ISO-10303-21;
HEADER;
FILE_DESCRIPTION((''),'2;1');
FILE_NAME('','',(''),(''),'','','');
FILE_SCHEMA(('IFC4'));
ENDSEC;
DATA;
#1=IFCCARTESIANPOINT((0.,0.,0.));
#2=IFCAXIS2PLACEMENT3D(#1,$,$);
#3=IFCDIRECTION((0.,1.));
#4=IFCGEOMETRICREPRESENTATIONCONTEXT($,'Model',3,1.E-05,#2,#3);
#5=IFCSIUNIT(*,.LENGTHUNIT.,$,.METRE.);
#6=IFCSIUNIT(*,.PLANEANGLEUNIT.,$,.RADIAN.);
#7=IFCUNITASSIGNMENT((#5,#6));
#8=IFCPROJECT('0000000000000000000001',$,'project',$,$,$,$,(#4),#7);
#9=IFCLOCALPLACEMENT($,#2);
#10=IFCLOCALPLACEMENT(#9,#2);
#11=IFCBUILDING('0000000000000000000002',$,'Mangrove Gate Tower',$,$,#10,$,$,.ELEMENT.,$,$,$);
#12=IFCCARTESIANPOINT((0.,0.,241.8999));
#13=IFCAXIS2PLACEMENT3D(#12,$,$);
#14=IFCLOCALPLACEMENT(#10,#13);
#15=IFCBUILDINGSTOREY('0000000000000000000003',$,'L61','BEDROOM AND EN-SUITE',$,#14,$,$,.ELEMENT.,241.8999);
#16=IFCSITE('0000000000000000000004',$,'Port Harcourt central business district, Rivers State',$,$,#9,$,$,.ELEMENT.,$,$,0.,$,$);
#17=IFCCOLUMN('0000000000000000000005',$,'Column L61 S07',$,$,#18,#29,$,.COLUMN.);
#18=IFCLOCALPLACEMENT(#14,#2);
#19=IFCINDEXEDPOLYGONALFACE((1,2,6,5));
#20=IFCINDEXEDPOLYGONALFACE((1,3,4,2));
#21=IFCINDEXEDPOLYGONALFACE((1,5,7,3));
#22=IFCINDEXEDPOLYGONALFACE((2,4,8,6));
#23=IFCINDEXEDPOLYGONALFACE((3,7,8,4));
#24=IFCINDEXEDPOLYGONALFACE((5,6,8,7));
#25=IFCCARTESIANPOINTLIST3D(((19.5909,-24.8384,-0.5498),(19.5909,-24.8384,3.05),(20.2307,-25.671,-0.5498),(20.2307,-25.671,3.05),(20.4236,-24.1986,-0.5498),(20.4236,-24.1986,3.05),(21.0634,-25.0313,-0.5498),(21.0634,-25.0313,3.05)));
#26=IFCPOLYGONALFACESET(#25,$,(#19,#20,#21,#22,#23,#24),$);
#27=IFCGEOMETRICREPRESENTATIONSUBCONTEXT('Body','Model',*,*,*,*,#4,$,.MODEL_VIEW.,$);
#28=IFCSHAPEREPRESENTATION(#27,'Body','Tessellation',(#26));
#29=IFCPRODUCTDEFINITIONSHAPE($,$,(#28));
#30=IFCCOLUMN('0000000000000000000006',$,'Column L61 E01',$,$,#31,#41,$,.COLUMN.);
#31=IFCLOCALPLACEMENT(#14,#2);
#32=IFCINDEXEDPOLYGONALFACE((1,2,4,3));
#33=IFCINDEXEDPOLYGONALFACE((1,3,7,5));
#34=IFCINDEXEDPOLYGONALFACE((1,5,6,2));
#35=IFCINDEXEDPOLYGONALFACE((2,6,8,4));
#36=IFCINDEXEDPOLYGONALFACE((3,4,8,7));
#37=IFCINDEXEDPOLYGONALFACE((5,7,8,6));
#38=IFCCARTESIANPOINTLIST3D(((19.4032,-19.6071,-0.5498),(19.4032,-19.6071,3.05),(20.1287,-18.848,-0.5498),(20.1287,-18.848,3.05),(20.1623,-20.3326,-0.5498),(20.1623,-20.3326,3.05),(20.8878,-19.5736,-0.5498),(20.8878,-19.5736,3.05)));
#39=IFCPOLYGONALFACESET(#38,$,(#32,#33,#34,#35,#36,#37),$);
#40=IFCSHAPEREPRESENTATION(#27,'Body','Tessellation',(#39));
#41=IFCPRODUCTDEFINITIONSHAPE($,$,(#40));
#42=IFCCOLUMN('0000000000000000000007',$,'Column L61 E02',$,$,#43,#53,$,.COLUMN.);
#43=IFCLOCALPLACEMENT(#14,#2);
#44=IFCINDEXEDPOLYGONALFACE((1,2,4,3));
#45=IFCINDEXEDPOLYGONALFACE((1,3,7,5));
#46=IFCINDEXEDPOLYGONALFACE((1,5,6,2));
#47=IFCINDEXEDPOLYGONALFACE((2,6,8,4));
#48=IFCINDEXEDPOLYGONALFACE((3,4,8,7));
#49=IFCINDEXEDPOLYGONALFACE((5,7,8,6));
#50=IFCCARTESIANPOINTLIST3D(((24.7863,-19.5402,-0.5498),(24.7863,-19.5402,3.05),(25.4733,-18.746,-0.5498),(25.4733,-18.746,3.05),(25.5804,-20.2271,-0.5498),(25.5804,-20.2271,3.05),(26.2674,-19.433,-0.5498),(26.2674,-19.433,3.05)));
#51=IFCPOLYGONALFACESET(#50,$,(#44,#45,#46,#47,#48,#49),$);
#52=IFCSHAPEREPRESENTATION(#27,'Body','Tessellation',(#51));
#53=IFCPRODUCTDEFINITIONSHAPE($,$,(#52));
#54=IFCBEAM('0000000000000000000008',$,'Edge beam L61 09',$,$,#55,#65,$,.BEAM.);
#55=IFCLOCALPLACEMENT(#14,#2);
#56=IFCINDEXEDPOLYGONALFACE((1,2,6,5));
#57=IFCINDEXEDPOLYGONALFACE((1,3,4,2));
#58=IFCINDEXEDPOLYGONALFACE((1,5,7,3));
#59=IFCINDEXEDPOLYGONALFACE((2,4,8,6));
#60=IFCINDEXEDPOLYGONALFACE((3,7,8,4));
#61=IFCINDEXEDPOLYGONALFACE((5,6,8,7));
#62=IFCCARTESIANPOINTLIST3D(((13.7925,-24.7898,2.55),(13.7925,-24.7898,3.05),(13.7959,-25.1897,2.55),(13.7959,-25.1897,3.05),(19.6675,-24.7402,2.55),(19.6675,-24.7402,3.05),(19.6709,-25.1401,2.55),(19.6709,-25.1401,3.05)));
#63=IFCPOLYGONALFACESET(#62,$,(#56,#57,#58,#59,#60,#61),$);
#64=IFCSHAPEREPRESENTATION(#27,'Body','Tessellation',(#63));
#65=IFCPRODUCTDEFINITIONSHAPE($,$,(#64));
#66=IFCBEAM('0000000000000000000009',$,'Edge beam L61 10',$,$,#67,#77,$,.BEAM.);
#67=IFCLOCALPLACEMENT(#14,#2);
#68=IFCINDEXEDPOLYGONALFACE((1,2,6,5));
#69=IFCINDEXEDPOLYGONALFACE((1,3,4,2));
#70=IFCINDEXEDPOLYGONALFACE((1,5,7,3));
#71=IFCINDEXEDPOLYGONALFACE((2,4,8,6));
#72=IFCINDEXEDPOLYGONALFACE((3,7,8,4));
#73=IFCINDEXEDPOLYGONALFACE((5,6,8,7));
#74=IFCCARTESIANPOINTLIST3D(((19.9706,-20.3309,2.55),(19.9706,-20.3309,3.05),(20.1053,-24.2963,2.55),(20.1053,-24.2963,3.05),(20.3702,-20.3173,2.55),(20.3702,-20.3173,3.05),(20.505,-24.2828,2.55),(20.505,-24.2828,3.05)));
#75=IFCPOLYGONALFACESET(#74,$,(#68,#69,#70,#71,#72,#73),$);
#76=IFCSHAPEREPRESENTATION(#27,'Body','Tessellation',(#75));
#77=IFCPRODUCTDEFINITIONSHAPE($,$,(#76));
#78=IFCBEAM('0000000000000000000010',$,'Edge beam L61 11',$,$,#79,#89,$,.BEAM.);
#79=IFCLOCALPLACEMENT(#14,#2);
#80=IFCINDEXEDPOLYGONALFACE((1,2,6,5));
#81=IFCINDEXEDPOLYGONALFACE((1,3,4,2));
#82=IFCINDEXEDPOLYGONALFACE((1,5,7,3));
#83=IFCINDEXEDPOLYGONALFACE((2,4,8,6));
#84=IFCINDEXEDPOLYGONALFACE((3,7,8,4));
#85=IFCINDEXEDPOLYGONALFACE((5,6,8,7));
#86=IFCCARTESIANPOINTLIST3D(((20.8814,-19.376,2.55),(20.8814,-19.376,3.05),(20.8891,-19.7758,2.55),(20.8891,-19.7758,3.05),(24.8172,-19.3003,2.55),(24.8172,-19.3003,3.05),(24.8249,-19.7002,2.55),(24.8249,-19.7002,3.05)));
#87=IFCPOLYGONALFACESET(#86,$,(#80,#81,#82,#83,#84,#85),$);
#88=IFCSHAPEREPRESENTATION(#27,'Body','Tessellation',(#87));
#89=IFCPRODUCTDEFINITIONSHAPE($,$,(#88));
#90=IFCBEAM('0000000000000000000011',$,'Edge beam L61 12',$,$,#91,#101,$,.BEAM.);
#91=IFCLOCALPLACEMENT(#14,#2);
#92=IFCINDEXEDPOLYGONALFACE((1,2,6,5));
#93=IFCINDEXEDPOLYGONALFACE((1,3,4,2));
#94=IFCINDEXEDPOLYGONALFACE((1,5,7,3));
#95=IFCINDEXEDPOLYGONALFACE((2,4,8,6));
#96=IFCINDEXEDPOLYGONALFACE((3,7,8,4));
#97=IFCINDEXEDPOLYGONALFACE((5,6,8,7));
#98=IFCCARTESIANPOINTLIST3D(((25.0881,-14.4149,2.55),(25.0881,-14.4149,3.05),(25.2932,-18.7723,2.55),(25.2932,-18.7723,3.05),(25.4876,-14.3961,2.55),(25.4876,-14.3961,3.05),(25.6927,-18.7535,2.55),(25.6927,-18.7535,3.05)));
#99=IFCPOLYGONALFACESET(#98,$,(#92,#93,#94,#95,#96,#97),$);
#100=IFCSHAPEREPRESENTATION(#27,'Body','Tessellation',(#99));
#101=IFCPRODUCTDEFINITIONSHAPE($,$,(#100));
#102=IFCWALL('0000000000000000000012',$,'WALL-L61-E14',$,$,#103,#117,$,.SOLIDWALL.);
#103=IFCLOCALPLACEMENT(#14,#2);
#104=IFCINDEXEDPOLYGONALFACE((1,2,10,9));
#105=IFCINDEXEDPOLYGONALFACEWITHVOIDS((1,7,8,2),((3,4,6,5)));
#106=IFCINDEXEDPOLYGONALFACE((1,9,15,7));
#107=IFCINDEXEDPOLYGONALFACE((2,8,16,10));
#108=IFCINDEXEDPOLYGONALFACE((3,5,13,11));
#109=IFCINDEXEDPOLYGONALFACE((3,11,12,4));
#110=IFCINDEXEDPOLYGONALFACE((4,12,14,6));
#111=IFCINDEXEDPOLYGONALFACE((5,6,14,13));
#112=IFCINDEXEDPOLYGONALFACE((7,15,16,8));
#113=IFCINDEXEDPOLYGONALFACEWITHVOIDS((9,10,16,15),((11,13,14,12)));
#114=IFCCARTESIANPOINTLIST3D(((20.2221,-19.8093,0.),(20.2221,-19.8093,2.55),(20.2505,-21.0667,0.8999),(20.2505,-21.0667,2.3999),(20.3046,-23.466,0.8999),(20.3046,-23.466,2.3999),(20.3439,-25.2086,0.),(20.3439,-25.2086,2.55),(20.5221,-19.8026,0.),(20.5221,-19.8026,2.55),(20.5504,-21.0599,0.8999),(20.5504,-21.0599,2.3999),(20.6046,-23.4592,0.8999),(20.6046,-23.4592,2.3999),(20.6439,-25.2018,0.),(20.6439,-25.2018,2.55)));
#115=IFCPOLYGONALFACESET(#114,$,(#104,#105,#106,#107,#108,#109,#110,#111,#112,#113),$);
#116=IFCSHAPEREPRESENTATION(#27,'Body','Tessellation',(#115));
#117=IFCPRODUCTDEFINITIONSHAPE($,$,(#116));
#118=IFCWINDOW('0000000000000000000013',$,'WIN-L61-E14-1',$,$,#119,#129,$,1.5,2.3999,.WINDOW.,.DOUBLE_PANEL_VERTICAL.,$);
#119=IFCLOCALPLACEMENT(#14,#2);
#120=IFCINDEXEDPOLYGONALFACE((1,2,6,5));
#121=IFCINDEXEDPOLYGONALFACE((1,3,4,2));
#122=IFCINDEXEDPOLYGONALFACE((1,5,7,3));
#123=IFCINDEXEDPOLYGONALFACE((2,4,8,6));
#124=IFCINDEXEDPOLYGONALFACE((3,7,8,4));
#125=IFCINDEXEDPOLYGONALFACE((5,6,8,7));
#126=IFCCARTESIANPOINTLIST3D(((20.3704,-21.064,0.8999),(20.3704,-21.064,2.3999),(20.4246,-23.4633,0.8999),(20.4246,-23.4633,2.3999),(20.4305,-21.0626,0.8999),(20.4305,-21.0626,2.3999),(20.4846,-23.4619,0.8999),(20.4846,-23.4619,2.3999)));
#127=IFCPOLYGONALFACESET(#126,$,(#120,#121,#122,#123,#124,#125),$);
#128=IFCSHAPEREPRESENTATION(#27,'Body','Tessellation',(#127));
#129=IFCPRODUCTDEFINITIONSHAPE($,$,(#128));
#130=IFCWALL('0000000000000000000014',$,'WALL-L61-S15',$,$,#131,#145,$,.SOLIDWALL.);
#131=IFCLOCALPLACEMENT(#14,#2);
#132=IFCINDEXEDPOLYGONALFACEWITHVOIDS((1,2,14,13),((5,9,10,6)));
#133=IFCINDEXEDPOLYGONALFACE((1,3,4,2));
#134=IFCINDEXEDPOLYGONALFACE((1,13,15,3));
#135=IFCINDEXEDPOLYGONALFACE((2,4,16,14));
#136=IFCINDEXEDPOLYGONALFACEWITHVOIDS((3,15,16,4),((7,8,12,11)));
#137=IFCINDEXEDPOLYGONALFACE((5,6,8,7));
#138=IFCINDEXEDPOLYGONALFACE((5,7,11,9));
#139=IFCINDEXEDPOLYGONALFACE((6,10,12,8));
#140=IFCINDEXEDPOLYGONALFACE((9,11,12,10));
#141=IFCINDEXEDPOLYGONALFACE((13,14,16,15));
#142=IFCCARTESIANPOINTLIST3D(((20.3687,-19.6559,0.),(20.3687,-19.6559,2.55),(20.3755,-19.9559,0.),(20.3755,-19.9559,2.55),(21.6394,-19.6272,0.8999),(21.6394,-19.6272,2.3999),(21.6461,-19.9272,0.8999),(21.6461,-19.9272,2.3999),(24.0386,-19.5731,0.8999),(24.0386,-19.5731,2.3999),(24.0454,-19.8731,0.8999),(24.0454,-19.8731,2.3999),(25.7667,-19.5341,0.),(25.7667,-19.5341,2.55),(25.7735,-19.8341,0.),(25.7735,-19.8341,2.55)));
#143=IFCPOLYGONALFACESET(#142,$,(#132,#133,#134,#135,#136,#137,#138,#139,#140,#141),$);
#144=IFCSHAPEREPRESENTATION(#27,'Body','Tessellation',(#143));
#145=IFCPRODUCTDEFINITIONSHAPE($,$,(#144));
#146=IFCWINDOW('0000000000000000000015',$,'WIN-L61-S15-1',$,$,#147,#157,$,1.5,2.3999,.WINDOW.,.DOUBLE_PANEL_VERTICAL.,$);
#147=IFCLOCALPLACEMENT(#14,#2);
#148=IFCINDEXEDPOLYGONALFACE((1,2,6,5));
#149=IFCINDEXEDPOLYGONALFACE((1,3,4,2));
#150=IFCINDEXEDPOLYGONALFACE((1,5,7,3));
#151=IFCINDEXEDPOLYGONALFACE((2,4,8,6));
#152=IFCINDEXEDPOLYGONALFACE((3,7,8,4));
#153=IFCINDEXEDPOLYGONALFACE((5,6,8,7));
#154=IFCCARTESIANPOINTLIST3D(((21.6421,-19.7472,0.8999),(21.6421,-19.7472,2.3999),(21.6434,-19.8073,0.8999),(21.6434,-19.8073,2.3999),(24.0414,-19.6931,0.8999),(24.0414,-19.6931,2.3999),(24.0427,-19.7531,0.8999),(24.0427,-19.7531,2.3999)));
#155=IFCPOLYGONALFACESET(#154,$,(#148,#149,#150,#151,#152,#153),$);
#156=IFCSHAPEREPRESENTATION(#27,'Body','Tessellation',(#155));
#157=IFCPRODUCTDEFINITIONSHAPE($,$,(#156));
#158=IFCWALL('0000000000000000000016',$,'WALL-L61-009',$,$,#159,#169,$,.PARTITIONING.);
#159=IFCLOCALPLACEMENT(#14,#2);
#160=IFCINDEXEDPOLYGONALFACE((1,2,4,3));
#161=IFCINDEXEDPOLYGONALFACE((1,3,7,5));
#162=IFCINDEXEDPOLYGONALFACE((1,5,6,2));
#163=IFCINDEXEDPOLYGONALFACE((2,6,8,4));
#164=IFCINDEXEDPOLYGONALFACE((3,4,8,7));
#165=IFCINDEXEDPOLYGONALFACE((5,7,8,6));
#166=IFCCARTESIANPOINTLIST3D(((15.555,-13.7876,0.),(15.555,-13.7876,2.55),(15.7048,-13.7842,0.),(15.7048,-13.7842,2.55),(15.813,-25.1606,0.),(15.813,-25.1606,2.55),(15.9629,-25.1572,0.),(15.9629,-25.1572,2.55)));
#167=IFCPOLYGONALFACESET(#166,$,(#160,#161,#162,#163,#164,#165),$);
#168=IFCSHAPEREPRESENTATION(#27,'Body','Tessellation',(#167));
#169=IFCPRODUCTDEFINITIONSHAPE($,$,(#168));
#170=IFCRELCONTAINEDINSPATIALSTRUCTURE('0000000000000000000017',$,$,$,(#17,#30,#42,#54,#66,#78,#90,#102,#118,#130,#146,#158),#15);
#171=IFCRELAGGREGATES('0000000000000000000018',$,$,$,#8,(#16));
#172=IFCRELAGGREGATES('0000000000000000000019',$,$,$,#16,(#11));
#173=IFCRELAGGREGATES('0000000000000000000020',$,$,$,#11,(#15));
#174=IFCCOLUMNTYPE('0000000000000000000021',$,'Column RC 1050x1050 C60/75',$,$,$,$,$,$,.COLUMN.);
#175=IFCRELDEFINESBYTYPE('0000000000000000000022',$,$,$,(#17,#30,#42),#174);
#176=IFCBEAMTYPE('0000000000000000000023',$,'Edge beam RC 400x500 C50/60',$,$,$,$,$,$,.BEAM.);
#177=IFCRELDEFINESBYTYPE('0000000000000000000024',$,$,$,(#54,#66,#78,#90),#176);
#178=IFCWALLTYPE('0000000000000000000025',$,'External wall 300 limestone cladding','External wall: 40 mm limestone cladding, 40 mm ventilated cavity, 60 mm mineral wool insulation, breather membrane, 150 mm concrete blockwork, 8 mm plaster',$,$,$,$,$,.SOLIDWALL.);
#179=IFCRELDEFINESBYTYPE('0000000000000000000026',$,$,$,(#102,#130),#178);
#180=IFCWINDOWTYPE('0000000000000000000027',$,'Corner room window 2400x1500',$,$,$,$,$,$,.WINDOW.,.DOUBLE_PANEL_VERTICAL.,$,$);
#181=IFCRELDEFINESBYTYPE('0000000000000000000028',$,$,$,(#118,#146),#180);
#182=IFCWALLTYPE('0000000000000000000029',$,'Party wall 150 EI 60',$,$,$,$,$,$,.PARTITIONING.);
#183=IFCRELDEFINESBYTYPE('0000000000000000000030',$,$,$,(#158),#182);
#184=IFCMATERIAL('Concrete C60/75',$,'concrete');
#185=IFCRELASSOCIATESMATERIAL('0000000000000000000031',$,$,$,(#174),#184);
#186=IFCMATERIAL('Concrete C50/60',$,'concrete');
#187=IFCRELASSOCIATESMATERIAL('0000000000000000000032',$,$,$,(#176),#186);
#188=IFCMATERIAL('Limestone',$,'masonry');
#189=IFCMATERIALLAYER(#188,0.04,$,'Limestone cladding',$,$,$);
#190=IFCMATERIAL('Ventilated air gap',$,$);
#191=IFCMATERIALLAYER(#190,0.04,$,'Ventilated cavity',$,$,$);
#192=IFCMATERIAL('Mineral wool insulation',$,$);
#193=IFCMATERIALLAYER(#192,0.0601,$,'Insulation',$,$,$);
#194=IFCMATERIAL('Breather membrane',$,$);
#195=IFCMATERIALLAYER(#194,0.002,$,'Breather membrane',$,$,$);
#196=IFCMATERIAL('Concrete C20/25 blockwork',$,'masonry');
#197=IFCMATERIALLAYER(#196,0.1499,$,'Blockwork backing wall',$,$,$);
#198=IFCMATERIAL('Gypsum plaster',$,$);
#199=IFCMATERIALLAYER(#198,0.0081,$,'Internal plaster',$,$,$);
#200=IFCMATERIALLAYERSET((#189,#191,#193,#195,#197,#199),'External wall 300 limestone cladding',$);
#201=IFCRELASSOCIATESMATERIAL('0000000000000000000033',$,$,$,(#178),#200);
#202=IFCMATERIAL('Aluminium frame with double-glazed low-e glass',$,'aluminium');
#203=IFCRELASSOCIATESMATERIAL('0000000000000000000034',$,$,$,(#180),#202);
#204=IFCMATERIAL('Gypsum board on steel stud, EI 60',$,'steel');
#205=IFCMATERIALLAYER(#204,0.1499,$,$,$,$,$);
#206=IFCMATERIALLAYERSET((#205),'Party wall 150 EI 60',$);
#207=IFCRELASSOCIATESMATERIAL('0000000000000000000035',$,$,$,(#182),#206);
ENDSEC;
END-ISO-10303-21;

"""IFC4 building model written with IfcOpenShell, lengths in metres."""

from ifc_helpers import new_model, si_unit, direction, frame, frame_2d, origin, origin_2d, place, context, subcontext, project, spatial, rectangle, extrude, material, layer, layer_set, material_profile, profile_set, type_object, element, fill, save


model = new_model("IFC4")

# Units and contexts
model_context = context("Model", 3, precision=1e-05, world=origin(), true_north=direction((0.0, 1.0)))
body_context = subcontext(model_context, "Body", "Model", "MODEL_VIEW")
ifc_project = project(units=[si_unit("LENGTHUNIT", "METRE"), si_unit("PLANEANGLEUNIT", "RADIAN")], contexts=[model_context])

# Site, building, storey
site_placement = place(None, origin())
site = spatial("IfcSite", under=ifc_project, at=site_placement, Name="Port Harcourt central business district, Rivers State", CompositionType="ELEMENT", RefElevation=0.0)
building_placement = place(site_placement, origin())
building = spatial("IfcBuilding", under=site, at=building_placement, Name="Mangrove Gate Tower", CompositionType="ELEMENT")
storey_placement = place(building_placement, frame((0.0, 0.0, 241.8999)))
storey = spatial("IfcBuildingStorey", under=building, at=storey_placement, Name="L61", Description="BEDROOM AND EN-SUITE", CompositionType="ELEMENT", Elevation=241.8999)

# Columns
ifc_material_1 = material(Name="Concrete C60/75", Category="concrete")
ifc_material_profile_1 = material_profile(ifc_material_1, rectangle(XDim=1.05, YDim=1.05, at=origin_2d()))
ifc_profile_set_1 = profile_set([ifc_material_profile_1], Name="Concrete C60/75")
column_type = type_object("IfcColumnType", Name="Column RC 1050x1050 C60/75", PredefinedType="COLUMN", material=ifc_profile_set_1)
for number, where, z_axis, x_axis, name in (
    (1, (20.3271, -24.9348, -0.5498), (0.0, 0.0, 1.0), (0.792958, 0.609277, 0.0), "Column L61 S07"),
    (2, (20.1455, -19.5903, -0.5498), (0.0, 0.0, 1.0), (0.690952, 0.722901, 0.0), "Column L61 E01"),
    (3, (25.5269, -19.4866, -0.5498), (0.0, 0.0, 1.0), (0.654235, 0.756292, 0.0), "Column L61 E02"),
):
    element("IfcColumn", number, at=place(storey_placement, frame(where, z_axis=z_axis, x_axis=x_axis)), inside=storey, type_object=column_type, Name=name, PredefinedType="COLUMN", context=body_context, shape_type="SweptSolid", body=[
        extrude(rectangle(XDim=1.05, YDim=1.05, at=origin_2d()), origin(), (0.0, 0.0, 1.0), 3.5999),
    ])

# Beams
ifc_material_2 = material(Name="Concrete C50/60", Category="concrete")
ifc_material_profile_2 = material_profile(ifc_material_2, rectangle(XDim=0.3999, YDim=0.5, at=origin_2d()))
ifc_profile_set_2 = profile_set([ifc_material_profile_2], Name="Concrete C50/60")
beam_type = type_object("IfcBeamType", Name="Edge beam RC 400x500 C50/60", PredefinedType="BEAM", material=ifc_profile_set_2)
beam_1_placement = place(storey_placement, frame((13.7942, -24.9897, 2.8), z_axis=(0.999964, 0.008436, 0.0), x_axis=(-0.008436, 0.999964, 0.0)))
element("IfcBeam", 4, at=beam_1_placement, inside=storey, type_object=beam_type, Name="Edge beam L61 09", PredefinedType="BEAM", context=body_context, shape_type="SweptSolid", body=[
    extrude(rectangle(XDim=0.3999, YDim=0.5, at=origin_2d()), origin(), (0.0, 0.0, 1.0), 5.8752),
])
beam_2_placement = place(storey_placement, frame((20.3052, -24.2896, 2.8), z_axis=(-0.033964, 0.999423, 0.0), x_axis=(-0.999423, -0.033964, 0.0)))
element("IfcBeam", 5, at=beam_2_placement, inside=storey, type_object=beam_type, Name="Edge beam L61 10", PredefinedType="BEAM", context=body_context, shape_type="SweptSolid", body=[
    extrude(rectangle(XDim=0.3999, YDim=0.5, at=origin_2d()), origin(), (0.0, 0.0, 1.0), 3.9678),
])
beam_3_placement = place(storey_placement, frame((20.8853, -19.5759, 2.8), z_axis=(0.999815, 0.019226, 0.0), x_axis=(-0.019226, 0.999815, 0.0)))
element("IfcBeam", 6, at=beam_3_placement, inside=storey, type_object=beam_type, Name="Edge beam L61 11", PredefinedType="BEAM", context=body_context, shape_type="SweptSolid", body=[
    extrude(rectangle(XDim=0.3999, YDim=0.5, at=origin_2d()), origin(), (0.0, 0.0, 1.0), 3.9365),
])
beam_4_placement = place(storey_placement, frame((25.4929, -18.7629, 2.8), z_axis=(-0.047012, 0.998894, 0.0), x_axis=(-0.998894, -0.047012, 0.0)))
element("IfcBeam", 7, at=beam_4_placement, inside=storey, type_object=beam_type, Name="Edge beam L61 12", PredefinedType="BEAM", context=body_context, shape_type="SweptSolid", body=[
    extrude(rectangle(XDim=0.3999, YDim=0.5, at=origin_2d()), origin(), (0.0, 0.0, 1.0), 4.3623),
])

# Shared definitions
ifc_material_3 = material(Name="Limestone", Category="masonry")
ifc_layer_1 = layer(ifc_material_3, 0.04, Name="Limestone cladding")
ifc_material_4 = material(Name="Ventilated air gap")
ifc_layer_2 = layer(ifc_material_4, 0.04, Name="Ventilated cavity")
ifc_material_5 = material(Name="Mineral wool insulation")
ifc_layer_3 = layer(ifc_material_5, 0.0601, Name="Insulation")
ifc_material_6 = material(Name="Breather membrane")
ifc_layer_4 = layer(ifc_material_6, 0.002, Name="Breather membrane")
ifc_material_7 = material(Name="Concrete C20/25 blockwork", Category="masonry")
ifc_layer_5 = layer(ifc_material_7, 0.1499, Name="Blockwork backing wall")
ifc_material_8 = material(Name="Gypsum plaster")
ifc_layer_6 = layer(ifc_material_8, 0.0081, Name="Internal plaster")
ifc_layer_set_1 = layer_set([ifc_layer_1, ifc_layer_2, ifc_layer_3, ifc_layer_4, ifc_layer_5, ifc_layer_6], Name="External wall 300 limestone cladding")
wall_type_1 = type_object("IfcWallType", Name="External wall 300 limestone cladding", Description="External wall: 40 mm limestone cladding, 40 mm ventilated cavity, 60 mm mineral wool insulation, breather membrane, 150 mm concrete blockwork, 8 mm plaster", PredefinedType="SOLIDWALL", material=ifc_layer_set_1)
ifc_material_9 = material(Name="Aluminium frame with double-glazed low-e glass", Category="aluminium")
window_type = type_object("IfcWindowType", Name="Corner room window 2400x1500", PartitioningType="DOUBLE_PANEL_VERTICAL", PredefinedType="WINDOW", material=ifc_material_9)

# Walls, openings, windows
wall_1_placement = place(storey_placement, frame((20.4939, -25.2051, 0.0), z_axis=(0.0, 0.0, 1.0), x_axis=(-0.022558, 0.999746, 0.0)))
wall_1 = element("IfcWall", 8, at=wall_1_placement, inside=storey, type_object=wall_type_1, Name="WALL-L61-E14", PredefinedType="SOLIDWALL", context=body_context, shape_type="SweptSolid", body=[
    extrude(rectangle(XDim=5.4006, YDim=0.3, at=frame_2d((2.7002, 0.0))), origin(), (0.0, 0.0, 1.0), 2.55),
])
opening_1_placement = place(wall_1_placement, frame((1.7429, 0.0, 0.8999)))
opening_1 = element("IfcOpeningElement", 9, at=opening_1_placement, cuts=wall_1, PredefinedType="OPENING", context=body_context, shape_type="SweptSolid", body=[
    extrude(rectangle(XDim=2.3999, YDim=1.5, at=frame_2d((1.2, 0.75))), frame((0.0, 0.1599, 0.0), z_axis=(0.0, -1.0, 0.0), x_axis=(1.0, 0.0, 0.0)), (0.0, 0.0, 1.0), 0.3201),
])
window_1_placement = place(opening_1_placement, origin())
window_1 = element("IfcWindow", 10, at=window_1_placement, inside=storey, type_object=window_type, Name="WIN-L61-E14-1", OverallHeight=1.5, OverallWidth=2.3999, PartitioningType="DOUBLE_PANEL_VERTICAL", PredefinedType="WINDOW", context=body_context, shape_type="SweptSolid", body=[
    extrude(rectangle(XDim=2.3999, YDim=1.5, at=frame_2d((1.2, 0.75))), frame((0.0, 0.03, 0.0), z_axis=(0.0, -1.0, 0.0), x_axis=(1.0, 0.0, 0.0)), (0.0, 0.0, 1.0), 0.0601),
])
fill(opening_1, window_1)
wall_2_placement = place(storey_placement, frame((20.3721, -19.8059, 0.0), z_axis=(0.0, 0.0, 1.0), x_axis=(0.999745, 0.022563, 0.0)))
wall_2 = element("IfcWall", 11, at=wall_2_placement, inside=storey, type_object=wall_type_1, Name="WALL-L61-S15", PredefinedType="SOLIDWALL", context=body_context, shape_type="SweptSolid", body=[
    extrude(rectangle(XDim=5.3994, YDim=0.3, at=frame_2d((2.6997, 0.0))), origin(), (0.0, 0.0, 1.0), 2.55),
])
opening_2_placement = place(wall_2_placement, frame((1.271, 0.0, 0.8999)))
opening_2 = element("IfcOpeningElement", 12, at=opening_2_placement, cuts=wall_2, PredefinedType="OPENING", context=body_context, shape_type="SweptSolid", body=[
    extrude(rectangle(XDim=2.3999, YDim=1.5, at=frame_2d((1.2, 0.75))), frame((0.0, 0.1599, 0.0), z_axis=(0.0, -1.0, 0.0), x_axis=(1.0, 0.0, 0.0)), (0.0, 0.0, 1.0), 0.3201),
])
window_2_placement = place(opening_2_placement, origin())
window_2 = element("IfcWindow", 13, at=window_2_placement, inside=storey, type_object=window_type, Name="WIN-L61-S15-1", OverallHeight=1.5, OverallWidth=2.3999, PartitioningType="DOUBLE_PANEL_VERTICAL", PredefinedType="WINDOW", context=body_context, shape_type="SweptSolid", body=[
    extrude(rectangle(XDim=2.3999, YDim=1.5, at=frame_2d((1.2, 0.75))), frame((0.0, 0.03, 0.0), z_axis=(0.0, -1.0, 0.0), x_axis=(1.0, 0.0, 0.0)), (0.0, 0.0, 1.0), 0.0601),
])
fill(opening_2, window_2)

# Wall
ifc_material_10 = material(Name="Gypsum board on steel stud, EI 60", Category="steel")
ifc_layer_7 = layer(ifc_material_10, 0.1499)
ifc_layer_set_2 = layer_set([ifc_layer_7], Name="Party wall 150 EI 60")
wall_type_2 = type_object("IfcWallType", Name="Party wall 150 EI 60", PredefinedType="PARTITIONING", material=ifc_layer_set_2)
wall_3_placement = place(storey_placement, frame((15.8879, -25.1589, 0.0), z_axis=(0.0, 0.0, 1.0), x_axis=(-0.022684, 0.999743, 0.0)))
element("IfcWall", 14, at=wall_3_placement, inside=storey, type_object=wall_type_2, Name="WALL-L61-009", PredefinedType="PARTITIONING", context=body_context, shape_type="SweptSolid", body=[
    extrude(rectangle(XDim=11.376, YDim=0.1499, at=frame_2d((5.688, 0.0))), origin(), (0.0, 0.0, 1.0), 2.55),
])

save(model, "model.ifc")
